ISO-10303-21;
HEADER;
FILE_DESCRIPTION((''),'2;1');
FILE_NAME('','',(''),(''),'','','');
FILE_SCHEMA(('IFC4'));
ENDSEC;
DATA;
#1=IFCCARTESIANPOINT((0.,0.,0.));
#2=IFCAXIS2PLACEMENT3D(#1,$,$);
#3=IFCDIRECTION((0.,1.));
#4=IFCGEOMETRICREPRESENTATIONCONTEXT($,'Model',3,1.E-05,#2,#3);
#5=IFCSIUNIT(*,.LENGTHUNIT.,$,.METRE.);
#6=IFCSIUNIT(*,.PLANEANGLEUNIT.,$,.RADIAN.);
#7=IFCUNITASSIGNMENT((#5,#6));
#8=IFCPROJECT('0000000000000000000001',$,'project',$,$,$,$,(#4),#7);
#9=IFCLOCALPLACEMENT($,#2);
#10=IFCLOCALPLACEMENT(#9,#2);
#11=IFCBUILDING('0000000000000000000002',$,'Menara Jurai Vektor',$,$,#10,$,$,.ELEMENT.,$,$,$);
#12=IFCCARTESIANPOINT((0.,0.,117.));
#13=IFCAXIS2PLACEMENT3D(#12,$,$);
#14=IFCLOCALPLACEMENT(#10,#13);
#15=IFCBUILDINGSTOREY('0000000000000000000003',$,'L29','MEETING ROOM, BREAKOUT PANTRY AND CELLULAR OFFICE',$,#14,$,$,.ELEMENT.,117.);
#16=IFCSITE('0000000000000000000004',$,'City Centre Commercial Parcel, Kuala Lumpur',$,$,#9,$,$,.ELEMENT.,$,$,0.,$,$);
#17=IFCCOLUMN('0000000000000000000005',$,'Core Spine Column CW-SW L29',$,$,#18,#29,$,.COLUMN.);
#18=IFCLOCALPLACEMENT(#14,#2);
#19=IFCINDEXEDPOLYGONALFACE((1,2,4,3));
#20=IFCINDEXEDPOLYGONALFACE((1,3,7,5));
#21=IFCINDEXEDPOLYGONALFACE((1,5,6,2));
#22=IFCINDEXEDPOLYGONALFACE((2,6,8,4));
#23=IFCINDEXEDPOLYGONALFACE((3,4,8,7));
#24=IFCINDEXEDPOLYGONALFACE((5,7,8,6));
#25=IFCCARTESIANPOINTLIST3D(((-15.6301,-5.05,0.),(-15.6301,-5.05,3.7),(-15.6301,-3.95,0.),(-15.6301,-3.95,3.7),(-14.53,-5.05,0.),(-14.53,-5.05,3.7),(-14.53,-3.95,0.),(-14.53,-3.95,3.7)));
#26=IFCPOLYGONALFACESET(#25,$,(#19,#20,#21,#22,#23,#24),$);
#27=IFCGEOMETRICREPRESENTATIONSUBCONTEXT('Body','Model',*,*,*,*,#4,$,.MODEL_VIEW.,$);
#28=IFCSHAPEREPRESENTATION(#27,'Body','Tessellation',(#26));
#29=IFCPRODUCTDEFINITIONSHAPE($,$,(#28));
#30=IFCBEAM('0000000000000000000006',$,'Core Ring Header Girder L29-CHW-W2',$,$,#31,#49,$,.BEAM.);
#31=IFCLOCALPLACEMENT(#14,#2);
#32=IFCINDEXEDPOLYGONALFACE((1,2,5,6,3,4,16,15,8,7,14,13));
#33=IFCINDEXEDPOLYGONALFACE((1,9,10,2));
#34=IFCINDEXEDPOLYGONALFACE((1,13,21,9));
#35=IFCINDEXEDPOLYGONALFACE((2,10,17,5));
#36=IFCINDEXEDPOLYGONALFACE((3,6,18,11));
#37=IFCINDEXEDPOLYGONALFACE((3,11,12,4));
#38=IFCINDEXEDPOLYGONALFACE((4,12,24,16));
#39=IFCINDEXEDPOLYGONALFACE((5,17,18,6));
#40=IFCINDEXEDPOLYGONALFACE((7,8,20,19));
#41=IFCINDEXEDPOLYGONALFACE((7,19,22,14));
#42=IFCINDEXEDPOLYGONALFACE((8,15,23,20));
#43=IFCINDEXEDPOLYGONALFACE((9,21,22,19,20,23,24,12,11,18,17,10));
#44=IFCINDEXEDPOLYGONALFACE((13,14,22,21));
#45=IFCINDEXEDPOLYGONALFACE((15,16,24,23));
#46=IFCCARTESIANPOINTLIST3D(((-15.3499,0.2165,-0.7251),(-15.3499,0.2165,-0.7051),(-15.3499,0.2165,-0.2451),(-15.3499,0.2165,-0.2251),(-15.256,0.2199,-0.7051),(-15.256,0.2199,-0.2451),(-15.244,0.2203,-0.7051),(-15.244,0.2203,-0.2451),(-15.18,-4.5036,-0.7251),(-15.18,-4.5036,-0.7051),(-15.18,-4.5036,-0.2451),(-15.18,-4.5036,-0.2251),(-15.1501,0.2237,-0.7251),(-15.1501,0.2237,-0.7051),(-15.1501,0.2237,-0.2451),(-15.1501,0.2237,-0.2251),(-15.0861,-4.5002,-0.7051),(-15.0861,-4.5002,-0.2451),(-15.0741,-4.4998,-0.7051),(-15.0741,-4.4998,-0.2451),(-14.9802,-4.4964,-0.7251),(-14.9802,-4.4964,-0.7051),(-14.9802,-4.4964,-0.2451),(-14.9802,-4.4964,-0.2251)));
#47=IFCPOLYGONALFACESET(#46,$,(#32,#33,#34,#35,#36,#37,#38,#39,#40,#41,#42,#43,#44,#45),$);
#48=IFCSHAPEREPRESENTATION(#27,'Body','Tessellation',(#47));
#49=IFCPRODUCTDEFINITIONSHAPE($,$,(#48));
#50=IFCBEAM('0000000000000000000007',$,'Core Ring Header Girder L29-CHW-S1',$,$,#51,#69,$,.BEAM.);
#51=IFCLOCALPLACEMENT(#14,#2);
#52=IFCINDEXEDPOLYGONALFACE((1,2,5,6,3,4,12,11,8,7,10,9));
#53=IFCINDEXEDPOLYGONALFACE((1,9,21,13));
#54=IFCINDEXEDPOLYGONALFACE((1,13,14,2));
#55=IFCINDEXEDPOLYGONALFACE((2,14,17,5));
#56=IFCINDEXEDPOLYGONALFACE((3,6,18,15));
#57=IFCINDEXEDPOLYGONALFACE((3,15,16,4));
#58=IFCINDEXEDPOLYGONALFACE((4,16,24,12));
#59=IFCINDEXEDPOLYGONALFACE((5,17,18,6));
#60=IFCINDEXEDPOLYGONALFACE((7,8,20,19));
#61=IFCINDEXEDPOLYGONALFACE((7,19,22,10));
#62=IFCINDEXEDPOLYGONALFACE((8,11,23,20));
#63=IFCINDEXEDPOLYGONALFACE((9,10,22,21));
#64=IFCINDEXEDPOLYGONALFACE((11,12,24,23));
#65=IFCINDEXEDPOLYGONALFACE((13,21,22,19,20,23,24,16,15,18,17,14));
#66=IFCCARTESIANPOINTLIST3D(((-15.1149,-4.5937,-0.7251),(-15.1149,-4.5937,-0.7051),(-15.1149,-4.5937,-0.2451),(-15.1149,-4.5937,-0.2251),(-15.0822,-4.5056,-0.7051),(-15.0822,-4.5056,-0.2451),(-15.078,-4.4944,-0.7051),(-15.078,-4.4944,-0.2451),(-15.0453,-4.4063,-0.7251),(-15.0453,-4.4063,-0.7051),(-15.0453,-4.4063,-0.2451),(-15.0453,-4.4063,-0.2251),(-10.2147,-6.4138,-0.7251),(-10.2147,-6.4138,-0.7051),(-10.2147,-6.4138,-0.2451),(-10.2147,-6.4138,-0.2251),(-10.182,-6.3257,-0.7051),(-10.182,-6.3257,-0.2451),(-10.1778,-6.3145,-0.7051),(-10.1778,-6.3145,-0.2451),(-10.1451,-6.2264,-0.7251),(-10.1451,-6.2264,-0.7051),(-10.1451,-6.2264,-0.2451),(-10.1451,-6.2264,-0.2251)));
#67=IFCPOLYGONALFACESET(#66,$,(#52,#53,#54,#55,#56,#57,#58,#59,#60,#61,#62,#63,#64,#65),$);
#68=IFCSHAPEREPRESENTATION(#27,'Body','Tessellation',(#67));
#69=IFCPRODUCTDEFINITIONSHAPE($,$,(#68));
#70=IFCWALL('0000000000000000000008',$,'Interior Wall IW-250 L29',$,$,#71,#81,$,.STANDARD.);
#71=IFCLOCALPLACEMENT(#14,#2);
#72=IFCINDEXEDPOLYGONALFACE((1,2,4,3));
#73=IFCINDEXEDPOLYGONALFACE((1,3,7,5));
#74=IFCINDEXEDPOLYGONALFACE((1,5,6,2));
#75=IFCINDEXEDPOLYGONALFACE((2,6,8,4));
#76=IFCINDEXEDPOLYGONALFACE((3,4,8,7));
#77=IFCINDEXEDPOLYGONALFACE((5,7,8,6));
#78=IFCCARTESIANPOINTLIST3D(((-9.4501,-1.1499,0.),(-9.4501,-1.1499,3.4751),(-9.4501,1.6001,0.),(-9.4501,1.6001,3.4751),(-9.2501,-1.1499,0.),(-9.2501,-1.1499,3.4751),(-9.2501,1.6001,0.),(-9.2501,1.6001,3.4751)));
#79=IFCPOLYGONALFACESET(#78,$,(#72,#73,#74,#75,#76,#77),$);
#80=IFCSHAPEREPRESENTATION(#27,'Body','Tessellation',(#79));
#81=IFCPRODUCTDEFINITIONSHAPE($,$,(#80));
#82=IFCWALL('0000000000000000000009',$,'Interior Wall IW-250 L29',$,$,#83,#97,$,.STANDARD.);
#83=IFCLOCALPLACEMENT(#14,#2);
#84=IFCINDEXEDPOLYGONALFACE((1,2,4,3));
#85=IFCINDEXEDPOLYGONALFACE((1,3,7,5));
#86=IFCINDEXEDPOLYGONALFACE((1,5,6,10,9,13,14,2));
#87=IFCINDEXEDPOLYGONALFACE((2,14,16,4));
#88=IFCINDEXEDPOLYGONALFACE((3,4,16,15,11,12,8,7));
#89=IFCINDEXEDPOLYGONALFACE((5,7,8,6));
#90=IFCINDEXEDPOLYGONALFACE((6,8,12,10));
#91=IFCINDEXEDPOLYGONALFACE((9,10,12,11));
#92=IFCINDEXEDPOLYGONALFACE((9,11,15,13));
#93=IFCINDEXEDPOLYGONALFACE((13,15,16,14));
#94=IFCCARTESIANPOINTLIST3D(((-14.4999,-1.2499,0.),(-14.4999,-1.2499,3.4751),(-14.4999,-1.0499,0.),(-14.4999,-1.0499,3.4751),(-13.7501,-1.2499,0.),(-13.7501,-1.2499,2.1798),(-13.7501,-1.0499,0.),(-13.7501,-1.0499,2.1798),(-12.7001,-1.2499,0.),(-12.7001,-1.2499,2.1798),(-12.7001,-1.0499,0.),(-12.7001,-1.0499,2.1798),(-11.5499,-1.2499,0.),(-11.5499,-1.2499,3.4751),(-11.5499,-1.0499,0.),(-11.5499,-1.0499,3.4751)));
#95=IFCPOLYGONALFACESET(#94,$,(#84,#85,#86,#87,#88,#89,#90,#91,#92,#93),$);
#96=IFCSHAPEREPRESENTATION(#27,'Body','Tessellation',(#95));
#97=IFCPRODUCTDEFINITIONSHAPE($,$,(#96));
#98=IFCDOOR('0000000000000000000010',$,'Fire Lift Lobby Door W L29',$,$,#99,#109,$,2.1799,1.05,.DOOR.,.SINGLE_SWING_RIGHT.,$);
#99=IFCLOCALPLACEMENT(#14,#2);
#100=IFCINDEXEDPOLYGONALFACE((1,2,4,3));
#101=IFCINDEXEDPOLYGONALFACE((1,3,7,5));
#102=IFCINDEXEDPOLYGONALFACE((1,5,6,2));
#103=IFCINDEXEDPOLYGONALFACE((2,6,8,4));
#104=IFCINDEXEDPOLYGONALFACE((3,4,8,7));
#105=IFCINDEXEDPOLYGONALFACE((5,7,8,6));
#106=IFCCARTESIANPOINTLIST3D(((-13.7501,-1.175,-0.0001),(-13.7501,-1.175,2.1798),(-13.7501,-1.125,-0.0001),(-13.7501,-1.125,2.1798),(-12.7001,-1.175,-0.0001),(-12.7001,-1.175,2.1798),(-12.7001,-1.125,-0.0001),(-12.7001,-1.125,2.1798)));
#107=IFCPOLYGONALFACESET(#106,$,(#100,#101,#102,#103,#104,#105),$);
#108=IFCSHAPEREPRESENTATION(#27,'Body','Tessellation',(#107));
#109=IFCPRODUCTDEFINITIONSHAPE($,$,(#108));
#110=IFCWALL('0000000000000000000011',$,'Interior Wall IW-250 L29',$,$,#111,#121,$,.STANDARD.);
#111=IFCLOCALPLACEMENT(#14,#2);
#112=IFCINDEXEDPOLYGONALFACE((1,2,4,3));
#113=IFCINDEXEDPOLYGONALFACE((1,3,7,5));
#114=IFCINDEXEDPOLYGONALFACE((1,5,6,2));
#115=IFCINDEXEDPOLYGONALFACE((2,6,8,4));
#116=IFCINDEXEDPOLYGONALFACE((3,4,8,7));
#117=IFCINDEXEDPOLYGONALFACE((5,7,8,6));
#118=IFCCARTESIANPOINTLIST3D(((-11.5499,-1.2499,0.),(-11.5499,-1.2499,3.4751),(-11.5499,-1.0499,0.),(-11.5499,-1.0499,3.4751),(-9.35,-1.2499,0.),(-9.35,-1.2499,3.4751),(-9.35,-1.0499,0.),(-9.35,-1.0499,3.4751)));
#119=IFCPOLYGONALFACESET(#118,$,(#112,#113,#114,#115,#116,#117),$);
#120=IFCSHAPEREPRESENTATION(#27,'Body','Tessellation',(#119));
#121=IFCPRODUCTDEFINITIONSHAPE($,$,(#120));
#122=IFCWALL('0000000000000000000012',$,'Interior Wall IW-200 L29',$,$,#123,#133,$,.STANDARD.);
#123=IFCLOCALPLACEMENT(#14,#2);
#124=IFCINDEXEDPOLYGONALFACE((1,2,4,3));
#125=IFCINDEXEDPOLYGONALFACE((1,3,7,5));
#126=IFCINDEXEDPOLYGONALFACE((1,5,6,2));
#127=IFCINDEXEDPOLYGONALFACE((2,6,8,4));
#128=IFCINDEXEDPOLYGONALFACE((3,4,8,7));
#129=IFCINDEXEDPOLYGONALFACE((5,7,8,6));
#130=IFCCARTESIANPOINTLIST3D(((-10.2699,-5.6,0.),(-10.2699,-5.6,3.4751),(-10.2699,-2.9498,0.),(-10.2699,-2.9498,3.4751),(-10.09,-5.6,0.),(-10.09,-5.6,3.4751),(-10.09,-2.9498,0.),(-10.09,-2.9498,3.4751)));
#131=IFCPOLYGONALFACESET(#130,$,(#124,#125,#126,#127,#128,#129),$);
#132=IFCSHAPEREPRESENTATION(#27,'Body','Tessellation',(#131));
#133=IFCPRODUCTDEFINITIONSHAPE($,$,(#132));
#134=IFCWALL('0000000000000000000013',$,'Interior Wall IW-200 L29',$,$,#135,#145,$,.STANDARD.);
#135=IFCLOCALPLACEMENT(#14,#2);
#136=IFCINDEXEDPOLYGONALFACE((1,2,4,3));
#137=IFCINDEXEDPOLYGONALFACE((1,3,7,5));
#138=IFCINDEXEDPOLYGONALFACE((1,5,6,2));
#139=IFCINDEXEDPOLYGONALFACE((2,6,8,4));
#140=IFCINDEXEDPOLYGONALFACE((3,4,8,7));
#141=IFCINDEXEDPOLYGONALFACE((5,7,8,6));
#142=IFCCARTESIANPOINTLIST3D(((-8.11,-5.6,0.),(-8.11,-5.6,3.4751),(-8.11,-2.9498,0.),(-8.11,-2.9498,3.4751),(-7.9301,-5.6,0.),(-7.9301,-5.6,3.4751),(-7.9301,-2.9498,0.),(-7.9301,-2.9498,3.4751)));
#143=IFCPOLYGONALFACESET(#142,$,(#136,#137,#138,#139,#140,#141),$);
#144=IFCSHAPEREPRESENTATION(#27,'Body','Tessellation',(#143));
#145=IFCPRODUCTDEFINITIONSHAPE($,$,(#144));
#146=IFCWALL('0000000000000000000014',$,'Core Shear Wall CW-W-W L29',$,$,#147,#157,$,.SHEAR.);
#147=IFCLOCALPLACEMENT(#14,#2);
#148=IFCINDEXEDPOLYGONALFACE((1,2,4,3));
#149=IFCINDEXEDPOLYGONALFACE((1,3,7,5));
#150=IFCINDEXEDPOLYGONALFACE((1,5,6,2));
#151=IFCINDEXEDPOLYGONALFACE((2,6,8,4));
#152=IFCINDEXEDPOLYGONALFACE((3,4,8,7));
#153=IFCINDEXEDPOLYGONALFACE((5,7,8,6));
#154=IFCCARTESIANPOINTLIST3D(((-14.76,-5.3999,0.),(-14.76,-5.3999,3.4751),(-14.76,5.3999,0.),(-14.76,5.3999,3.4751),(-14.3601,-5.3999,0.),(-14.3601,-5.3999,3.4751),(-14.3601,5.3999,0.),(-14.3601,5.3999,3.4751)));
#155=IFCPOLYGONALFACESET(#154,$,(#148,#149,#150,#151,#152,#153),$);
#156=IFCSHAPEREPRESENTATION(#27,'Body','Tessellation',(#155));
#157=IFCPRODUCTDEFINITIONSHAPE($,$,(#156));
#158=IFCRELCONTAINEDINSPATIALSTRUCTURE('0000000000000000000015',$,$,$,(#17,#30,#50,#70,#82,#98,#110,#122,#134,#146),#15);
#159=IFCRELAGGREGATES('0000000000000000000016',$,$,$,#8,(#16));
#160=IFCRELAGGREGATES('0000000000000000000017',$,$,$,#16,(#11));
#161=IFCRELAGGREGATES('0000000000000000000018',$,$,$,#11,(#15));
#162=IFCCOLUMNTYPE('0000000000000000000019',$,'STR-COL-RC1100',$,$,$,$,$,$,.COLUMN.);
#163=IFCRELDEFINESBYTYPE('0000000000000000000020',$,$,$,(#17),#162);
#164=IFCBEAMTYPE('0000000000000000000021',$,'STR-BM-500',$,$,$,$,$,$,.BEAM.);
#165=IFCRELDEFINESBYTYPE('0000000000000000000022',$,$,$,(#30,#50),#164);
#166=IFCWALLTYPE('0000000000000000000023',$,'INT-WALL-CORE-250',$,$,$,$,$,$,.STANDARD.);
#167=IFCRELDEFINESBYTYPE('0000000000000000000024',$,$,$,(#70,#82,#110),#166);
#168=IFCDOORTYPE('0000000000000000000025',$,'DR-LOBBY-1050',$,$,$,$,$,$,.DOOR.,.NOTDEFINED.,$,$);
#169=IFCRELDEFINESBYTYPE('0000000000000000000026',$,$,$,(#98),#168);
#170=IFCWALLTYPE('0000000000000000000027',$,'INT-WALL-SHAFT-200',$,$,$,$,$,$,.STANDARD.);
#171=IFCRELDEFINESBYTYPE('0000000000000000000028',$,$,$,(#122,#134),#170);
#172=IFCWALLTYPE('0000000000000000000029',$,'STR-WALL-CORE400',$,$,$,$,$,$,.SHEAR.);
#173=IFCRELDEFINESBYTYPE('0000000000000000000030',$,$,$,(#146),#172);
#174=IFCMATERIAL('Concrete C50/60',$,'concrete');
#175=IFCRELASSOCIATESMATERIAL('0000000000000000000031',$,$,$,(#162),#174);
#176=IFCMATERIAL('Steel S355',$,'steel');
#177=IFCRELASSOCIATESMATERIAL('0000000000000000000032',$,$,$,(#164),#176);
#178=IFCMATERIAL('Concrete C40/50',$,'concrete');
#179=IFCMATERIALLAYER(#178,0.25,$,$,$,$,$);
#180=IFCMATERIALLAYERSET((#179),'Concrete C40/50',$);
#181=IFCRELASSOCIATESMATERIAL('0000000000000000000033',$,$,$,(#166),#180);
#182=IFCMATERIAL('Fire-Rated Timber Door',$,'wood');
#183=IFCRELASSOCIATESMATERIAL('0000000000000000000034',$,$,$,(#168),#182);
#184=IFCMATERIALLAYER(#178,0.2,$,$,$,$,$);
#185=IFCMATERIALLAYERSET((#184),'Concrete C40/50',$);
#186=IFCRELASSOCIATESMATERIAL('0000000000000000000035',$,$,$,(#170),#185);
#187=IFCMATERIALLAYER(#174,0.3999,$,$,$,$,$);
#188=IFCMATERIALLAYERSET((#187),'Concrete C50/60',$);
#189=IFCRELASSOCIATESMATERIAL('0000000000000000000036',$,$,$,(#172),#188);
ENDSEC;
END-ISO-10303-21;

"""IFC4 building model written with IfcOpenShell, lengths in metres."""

from ifc_helpers import new_model, si_unit, direction, frame, frame_2d, origin, origin_2d, place, context, subcontext, project, spatial, rectangle, i_section, extrude, material, layer, layer_set, material_profile, profile_set, type_object, element, fill, save


model = new_model("IFC4")

# Units and contexts
model_context = context("Model", 3, precision=1e-05, world=origin(), true_north=direction((0.0, 1.0)))
body_context = subcontext(model_context, "Body", "Model", "MODEL_VIEW")
ifc_project = project(units=[si_unit("LENGTHUNIT", "METRE"), si_unit("PLANEANGLEUNIT", "RADIAN")], contexts=[model_context])

# Site, building, storey
site_placement = place(None, origin())
site = spatial("IfcSite", under=ifc_project, at=site_placement, Name="City Centre Commercial Parcel, Kuala Lumpur", CompositionType="ELEMENT", RefElevation=0.0)
building_placement = place(site_placement, origin())
building = spatial("IfcBuilding", under=site, at=building_placement, Name="Menara Jurai Vektor", CompositionType="ELEMENT")
storey_placement = place(building_placement, frame((0.0, 0.0, 117.0)))
storey = spatial("IfcBuildingStorey", under=building, at=storey_placement, Name="L29", Description="MEETING ROOM, BREAKOUT PANTRY AND CELLULAR OFFICE", CompositionType="ELEMENT", Elevation=117.0)

# Column
ifc_material_1 = material(Name="Concrete C50/60", Category="concrete")
ifc_material_profile_1 = material_profile(ifc_material_1, rectangle(XDim=1.1001, YDim=1.1001, at=origin_2d()), Name="RC 1100x1100")
ifc_profile_set_1 = profile_set([ifc_material_profile_1], Name="Concrete C50/60")
column_type = type_object("IfcColumnType", Name="STR-COL-RC1100", PredefinedType="COLUMN", material=ifc_profile_set_1)
column_placement = place(storey_placement, frame((-15.0801, -4.5, 0.0), z_axis=(0.0, 0.0, 1.0), x_axis=(1.0, 0.0, 0.0)))
element("IfcColumn", 1, at=column_placement, inside=storey, type_object=column_type, Name="Core Spine Column CW-SW L29", PredefinedType="COLUMN", context=body_context, shape_type="SweptSolid", body=[
    extrude(rectangle(XDim=1.1001, YDim=1.1001, at=origin_2d()), origin(), (0.0, 0.0, 1.0), 3.7),
])

# Beams
ifc_material_2 = material(Name="Steel S355", Category="steel")
ifc_material_profile_2 = material_profile(ifc_material_2, i_section(OverallWidth=0.2, OverallDepth=0.5, WebThickness=0.012, FlangeThickness=0.02, at=origin_2d()), Name="PG 500x200x96")
ifc_profile_set_2 = profile_set([ifc_material_profile_2], Name="Steel S355")
beam_type = type_object("IfcBeamType", Name="STR-BM-500", PredefinedType="BEAM", material=ifc_profile_set_2)
beam_1_placement = place(storey_placement, frame((-15.0801, -4.5, -0.4751), z_axis=(-0.035977, 0.999353, 0.0), x_axis=(-0.999353, -0.035977, 0.0)))
element("IfcBeam", 2, at=beam_1_placement, inside=storey, type_object=beam_type, Name="Core Ring Header Girder L29-CHW-W2", PredefinedType="BEAM", context=body_context, shape_type="SweptSolid", body=[
    extrude(i_section(OverallWidth=0.2, OverallDepth=0.5, WebThickness=0.012, FlangeThickness=0.02, at=origin_2d()), origin(), (0.0, 0.0, 1.0), 4.7231),
])
beam_2_placement = place(storey_placement, frame((-15.0801, -4.5, -0.4751), z_axis=(0.937424, -0.348189, 0.0), x_axis=(0.348189, 0.937424, 0.0)))
element("IfcBeam", 3, at=beam_2_placement, inside=storey, type_object=beam_type, Name="Core Ring Header Girder L29-CHW-S1", PredefinedType="BEAM", context=body_context, shape_type="SweptSolid", body=[
    extrude(i_section(OverallWidth=0.2, OverallDepth=0.5, WebThickness=0.012, FlangeThickness=0.02, at=origin_2d()), origin(), (0.0, 0.0, 1.0), 5.2273),
])

# Shared definitions
ifc_material_3 = material(Name="Concrete C40/50", Category="concrete")
ifc_layer_1 = layer(ifc_material_3, 0.25)
ifc_layer_set_1 = layer_set([ifc_layer_1], Name="Concrete C40/50")
wall_type_1 = type_object("IfcWallType", Name="INT-WALL-CORE-250", PredefinedType="STANDARD", material=ifc_layer_set_1)

# Wall
wall_1_placement = place(storey_placement, frame((-9.3501, -1.1499, 0.0), z_axis=(0.0, 0.0, 1.0), x_axis=(0.0, 1.0, 0.0)))
element("IfcWall", 4, at=wall_1_placement, inside=storey, type_object=wall_type_1, Name="Interior Wall IW-250 L29", PredefinedType="STANDARD", context=body_context, shape_type="SweptSolid", body=[
    extrude(rectangle(XDim=2.75, YDim=0.2, at=frame_2d((1.375, 0.0))), origin(), (0.0, 0.0, 1.0), 3.4751),
])

# Wall, opening, door
wall_2_placement = place(storey_placement, frame((-14.5, -1.1499, 0.0), z_axis=(0.0, 0.0, 1.0), x_axis=(1.0, 0.0, 0.0)))
wall_2 = element("IfcWall", 5, at=wall_2_placement, inside=storey, type_object=wall_type_1, Name="Interior Wall IW-250 L29", PredefinedType="STANDARD", context=body_context, shape_type="SweptSolid", body=[
    extrude(rectangle(XDim=2.95, YDim=0.2, at=frame_2d((1.4751, 0.0))), origin(), (0.0, 0.0, 1.0), 3.4751),
])
opening_1_placement = place(wall_2_placement, frame((0.75, 0.0, 0.0)))
opening_1 = element("IfcOpeningElement", 6, at=opening_1_placement, cuts=wall_2, PredefinedType="OPENING", context=body_context, shape_type="SweptSolid", body=[
    extrude(rectangle(XDim=1.05, YDim=2.1799, at=frame_2d((0.5249, 1.0898))), frame((0.0, 0.1099, 0.0), z_axis=(0.0, -1.0, 0.0), x_axis=(1.0, 0.0, 0.0)), (0.0, 0.0, 1.0), 0.22),
])
ifc_material_4 = material(Name="Fire-Rated Timber Door", Category="wood")
door_type_1 = type_object("IfcDoorType", Name="DR-LOBBY-1050", OperationType="NOTDEFINED", PredefinedType="DOOR", material=ifc_material_4)
door_1_placement = place(opening_1_placement, origin())
door_1 = element("IfcDoor", 7, at=door_1_placement, inside=storey, type_object=door_type_1, Name="Fire Lift Lobby Door W L29", OperationType="SINGLE_SWING_RIGHT", OverallHeight=2.1799, OverallWidth=1.05, PredefinedType="DOOR", context=body_context, shape_type="SweptSolid", body=[
    extrude(rectangle(XDim=1.05, YDim=2.1799, at=frame_2d((0.5249, 1.0898))), frame((0.0, 0.0249, 0.0), z_axis=(0.0, -1.0, 0.0), x_axis=(1.0, 0.0, 0.0)), (0.0, 0.0, 1.0), 0.05),
])
fill(opening_1, door_1)

# Wall
wall_3_placement = place(storey_placement, frame((-11.55, -1.1499, 0.0), z_axis=(0.0, 0.0, 1.0), x_axis=(1.0, 0.0, 0.0)))
element("IfcWall", 8, at=wall_3_placement, inside=storey, type_object=wall_type_1, Name="Interior Wall IW-250 L29", PredefinedType="STANDARD", context=body_context, shape_type="SweptSolid", body=[
    extrude(rectangle(XDim=2.2, YDim=0.2, at=frame_2d((1.1001, 0.0))), origin(), (0.0, 0.0, 1.0), 3.4751),
])

# Shared definitions
ifc_layer_2 = layer(ifc_material_3, 0.2)
ifc_layer_set_2 = layer_set([ifc_layer_2], Name="Concrete C40/50")
wall_type_2 = type_object("IfcWallType", Name="INT-WALL-SHAFT-200", PredefinedType="STANDARD", material=ifc_layer_set_2)

# Walls
for number, where, z_axis, x_axis, name in (
    (9, (-10.1799, -5.6001, 0.0), (0.0, 0.0, 1.0), (0.0, 1.0, 0.0), "Interior Wall IW-200 L29"),
    (10, (-8.02, -5.6001, 0.0), (0.0, 0.0, 1.0), (0.0, 1.0, 0.0), "Interior Wall IW-200 L29"),
):
    element("IfcWall", number, at=place(storey_placement, frame(where, z_axis=z_axis, x_axis=x_axis)), inside=storey, type_object=wall_type_2, Name=name, PredefinedType="STANDARD", context=body_context, shape_type="SweptSolid", body=[
        extrude(rectangle(XDim=2.6501, YDim=0.1799, at=frame_2d((1.3252, 0.0))), origin(), (0.0, 0.0, 1.0), 3.4751),
    ])
ifc_layer_3 = layer(ifc_material_1, 0.3999)
ifc_layer_set_3 = layer_set([ifc_layer_3], Name="Concrete C50/60")
wall_type_3 = type_object("IfcWallType", Name="STR-WALL-CORE400", PredefinedType="SHEAR", material=ifc_layer_set_3)
wall_4_placement = place(storey_placement, frame((-14.5601, -5.3999, 0.0), z_axis=(0.0, 0.0, 1.0), x_axis=(0.0, 1.0, 0.0)))
element("IfcWall", 11, at=wall_4_placement, inside=storey, type_object=wall_type_3, Name="Core Shear Wall CW-W-W L29", PredefinedType="SHEAR", context=body_context, shape_type="SweptSolid", body=[
    extrude(rectangle(XDim=10.7998, YDim=0.3999, at=frame_2d((5.3999, 0.0))), origin(), (0.0, 0.0, 1.0), 3.4751),
])

save(model, "model.ifc")
